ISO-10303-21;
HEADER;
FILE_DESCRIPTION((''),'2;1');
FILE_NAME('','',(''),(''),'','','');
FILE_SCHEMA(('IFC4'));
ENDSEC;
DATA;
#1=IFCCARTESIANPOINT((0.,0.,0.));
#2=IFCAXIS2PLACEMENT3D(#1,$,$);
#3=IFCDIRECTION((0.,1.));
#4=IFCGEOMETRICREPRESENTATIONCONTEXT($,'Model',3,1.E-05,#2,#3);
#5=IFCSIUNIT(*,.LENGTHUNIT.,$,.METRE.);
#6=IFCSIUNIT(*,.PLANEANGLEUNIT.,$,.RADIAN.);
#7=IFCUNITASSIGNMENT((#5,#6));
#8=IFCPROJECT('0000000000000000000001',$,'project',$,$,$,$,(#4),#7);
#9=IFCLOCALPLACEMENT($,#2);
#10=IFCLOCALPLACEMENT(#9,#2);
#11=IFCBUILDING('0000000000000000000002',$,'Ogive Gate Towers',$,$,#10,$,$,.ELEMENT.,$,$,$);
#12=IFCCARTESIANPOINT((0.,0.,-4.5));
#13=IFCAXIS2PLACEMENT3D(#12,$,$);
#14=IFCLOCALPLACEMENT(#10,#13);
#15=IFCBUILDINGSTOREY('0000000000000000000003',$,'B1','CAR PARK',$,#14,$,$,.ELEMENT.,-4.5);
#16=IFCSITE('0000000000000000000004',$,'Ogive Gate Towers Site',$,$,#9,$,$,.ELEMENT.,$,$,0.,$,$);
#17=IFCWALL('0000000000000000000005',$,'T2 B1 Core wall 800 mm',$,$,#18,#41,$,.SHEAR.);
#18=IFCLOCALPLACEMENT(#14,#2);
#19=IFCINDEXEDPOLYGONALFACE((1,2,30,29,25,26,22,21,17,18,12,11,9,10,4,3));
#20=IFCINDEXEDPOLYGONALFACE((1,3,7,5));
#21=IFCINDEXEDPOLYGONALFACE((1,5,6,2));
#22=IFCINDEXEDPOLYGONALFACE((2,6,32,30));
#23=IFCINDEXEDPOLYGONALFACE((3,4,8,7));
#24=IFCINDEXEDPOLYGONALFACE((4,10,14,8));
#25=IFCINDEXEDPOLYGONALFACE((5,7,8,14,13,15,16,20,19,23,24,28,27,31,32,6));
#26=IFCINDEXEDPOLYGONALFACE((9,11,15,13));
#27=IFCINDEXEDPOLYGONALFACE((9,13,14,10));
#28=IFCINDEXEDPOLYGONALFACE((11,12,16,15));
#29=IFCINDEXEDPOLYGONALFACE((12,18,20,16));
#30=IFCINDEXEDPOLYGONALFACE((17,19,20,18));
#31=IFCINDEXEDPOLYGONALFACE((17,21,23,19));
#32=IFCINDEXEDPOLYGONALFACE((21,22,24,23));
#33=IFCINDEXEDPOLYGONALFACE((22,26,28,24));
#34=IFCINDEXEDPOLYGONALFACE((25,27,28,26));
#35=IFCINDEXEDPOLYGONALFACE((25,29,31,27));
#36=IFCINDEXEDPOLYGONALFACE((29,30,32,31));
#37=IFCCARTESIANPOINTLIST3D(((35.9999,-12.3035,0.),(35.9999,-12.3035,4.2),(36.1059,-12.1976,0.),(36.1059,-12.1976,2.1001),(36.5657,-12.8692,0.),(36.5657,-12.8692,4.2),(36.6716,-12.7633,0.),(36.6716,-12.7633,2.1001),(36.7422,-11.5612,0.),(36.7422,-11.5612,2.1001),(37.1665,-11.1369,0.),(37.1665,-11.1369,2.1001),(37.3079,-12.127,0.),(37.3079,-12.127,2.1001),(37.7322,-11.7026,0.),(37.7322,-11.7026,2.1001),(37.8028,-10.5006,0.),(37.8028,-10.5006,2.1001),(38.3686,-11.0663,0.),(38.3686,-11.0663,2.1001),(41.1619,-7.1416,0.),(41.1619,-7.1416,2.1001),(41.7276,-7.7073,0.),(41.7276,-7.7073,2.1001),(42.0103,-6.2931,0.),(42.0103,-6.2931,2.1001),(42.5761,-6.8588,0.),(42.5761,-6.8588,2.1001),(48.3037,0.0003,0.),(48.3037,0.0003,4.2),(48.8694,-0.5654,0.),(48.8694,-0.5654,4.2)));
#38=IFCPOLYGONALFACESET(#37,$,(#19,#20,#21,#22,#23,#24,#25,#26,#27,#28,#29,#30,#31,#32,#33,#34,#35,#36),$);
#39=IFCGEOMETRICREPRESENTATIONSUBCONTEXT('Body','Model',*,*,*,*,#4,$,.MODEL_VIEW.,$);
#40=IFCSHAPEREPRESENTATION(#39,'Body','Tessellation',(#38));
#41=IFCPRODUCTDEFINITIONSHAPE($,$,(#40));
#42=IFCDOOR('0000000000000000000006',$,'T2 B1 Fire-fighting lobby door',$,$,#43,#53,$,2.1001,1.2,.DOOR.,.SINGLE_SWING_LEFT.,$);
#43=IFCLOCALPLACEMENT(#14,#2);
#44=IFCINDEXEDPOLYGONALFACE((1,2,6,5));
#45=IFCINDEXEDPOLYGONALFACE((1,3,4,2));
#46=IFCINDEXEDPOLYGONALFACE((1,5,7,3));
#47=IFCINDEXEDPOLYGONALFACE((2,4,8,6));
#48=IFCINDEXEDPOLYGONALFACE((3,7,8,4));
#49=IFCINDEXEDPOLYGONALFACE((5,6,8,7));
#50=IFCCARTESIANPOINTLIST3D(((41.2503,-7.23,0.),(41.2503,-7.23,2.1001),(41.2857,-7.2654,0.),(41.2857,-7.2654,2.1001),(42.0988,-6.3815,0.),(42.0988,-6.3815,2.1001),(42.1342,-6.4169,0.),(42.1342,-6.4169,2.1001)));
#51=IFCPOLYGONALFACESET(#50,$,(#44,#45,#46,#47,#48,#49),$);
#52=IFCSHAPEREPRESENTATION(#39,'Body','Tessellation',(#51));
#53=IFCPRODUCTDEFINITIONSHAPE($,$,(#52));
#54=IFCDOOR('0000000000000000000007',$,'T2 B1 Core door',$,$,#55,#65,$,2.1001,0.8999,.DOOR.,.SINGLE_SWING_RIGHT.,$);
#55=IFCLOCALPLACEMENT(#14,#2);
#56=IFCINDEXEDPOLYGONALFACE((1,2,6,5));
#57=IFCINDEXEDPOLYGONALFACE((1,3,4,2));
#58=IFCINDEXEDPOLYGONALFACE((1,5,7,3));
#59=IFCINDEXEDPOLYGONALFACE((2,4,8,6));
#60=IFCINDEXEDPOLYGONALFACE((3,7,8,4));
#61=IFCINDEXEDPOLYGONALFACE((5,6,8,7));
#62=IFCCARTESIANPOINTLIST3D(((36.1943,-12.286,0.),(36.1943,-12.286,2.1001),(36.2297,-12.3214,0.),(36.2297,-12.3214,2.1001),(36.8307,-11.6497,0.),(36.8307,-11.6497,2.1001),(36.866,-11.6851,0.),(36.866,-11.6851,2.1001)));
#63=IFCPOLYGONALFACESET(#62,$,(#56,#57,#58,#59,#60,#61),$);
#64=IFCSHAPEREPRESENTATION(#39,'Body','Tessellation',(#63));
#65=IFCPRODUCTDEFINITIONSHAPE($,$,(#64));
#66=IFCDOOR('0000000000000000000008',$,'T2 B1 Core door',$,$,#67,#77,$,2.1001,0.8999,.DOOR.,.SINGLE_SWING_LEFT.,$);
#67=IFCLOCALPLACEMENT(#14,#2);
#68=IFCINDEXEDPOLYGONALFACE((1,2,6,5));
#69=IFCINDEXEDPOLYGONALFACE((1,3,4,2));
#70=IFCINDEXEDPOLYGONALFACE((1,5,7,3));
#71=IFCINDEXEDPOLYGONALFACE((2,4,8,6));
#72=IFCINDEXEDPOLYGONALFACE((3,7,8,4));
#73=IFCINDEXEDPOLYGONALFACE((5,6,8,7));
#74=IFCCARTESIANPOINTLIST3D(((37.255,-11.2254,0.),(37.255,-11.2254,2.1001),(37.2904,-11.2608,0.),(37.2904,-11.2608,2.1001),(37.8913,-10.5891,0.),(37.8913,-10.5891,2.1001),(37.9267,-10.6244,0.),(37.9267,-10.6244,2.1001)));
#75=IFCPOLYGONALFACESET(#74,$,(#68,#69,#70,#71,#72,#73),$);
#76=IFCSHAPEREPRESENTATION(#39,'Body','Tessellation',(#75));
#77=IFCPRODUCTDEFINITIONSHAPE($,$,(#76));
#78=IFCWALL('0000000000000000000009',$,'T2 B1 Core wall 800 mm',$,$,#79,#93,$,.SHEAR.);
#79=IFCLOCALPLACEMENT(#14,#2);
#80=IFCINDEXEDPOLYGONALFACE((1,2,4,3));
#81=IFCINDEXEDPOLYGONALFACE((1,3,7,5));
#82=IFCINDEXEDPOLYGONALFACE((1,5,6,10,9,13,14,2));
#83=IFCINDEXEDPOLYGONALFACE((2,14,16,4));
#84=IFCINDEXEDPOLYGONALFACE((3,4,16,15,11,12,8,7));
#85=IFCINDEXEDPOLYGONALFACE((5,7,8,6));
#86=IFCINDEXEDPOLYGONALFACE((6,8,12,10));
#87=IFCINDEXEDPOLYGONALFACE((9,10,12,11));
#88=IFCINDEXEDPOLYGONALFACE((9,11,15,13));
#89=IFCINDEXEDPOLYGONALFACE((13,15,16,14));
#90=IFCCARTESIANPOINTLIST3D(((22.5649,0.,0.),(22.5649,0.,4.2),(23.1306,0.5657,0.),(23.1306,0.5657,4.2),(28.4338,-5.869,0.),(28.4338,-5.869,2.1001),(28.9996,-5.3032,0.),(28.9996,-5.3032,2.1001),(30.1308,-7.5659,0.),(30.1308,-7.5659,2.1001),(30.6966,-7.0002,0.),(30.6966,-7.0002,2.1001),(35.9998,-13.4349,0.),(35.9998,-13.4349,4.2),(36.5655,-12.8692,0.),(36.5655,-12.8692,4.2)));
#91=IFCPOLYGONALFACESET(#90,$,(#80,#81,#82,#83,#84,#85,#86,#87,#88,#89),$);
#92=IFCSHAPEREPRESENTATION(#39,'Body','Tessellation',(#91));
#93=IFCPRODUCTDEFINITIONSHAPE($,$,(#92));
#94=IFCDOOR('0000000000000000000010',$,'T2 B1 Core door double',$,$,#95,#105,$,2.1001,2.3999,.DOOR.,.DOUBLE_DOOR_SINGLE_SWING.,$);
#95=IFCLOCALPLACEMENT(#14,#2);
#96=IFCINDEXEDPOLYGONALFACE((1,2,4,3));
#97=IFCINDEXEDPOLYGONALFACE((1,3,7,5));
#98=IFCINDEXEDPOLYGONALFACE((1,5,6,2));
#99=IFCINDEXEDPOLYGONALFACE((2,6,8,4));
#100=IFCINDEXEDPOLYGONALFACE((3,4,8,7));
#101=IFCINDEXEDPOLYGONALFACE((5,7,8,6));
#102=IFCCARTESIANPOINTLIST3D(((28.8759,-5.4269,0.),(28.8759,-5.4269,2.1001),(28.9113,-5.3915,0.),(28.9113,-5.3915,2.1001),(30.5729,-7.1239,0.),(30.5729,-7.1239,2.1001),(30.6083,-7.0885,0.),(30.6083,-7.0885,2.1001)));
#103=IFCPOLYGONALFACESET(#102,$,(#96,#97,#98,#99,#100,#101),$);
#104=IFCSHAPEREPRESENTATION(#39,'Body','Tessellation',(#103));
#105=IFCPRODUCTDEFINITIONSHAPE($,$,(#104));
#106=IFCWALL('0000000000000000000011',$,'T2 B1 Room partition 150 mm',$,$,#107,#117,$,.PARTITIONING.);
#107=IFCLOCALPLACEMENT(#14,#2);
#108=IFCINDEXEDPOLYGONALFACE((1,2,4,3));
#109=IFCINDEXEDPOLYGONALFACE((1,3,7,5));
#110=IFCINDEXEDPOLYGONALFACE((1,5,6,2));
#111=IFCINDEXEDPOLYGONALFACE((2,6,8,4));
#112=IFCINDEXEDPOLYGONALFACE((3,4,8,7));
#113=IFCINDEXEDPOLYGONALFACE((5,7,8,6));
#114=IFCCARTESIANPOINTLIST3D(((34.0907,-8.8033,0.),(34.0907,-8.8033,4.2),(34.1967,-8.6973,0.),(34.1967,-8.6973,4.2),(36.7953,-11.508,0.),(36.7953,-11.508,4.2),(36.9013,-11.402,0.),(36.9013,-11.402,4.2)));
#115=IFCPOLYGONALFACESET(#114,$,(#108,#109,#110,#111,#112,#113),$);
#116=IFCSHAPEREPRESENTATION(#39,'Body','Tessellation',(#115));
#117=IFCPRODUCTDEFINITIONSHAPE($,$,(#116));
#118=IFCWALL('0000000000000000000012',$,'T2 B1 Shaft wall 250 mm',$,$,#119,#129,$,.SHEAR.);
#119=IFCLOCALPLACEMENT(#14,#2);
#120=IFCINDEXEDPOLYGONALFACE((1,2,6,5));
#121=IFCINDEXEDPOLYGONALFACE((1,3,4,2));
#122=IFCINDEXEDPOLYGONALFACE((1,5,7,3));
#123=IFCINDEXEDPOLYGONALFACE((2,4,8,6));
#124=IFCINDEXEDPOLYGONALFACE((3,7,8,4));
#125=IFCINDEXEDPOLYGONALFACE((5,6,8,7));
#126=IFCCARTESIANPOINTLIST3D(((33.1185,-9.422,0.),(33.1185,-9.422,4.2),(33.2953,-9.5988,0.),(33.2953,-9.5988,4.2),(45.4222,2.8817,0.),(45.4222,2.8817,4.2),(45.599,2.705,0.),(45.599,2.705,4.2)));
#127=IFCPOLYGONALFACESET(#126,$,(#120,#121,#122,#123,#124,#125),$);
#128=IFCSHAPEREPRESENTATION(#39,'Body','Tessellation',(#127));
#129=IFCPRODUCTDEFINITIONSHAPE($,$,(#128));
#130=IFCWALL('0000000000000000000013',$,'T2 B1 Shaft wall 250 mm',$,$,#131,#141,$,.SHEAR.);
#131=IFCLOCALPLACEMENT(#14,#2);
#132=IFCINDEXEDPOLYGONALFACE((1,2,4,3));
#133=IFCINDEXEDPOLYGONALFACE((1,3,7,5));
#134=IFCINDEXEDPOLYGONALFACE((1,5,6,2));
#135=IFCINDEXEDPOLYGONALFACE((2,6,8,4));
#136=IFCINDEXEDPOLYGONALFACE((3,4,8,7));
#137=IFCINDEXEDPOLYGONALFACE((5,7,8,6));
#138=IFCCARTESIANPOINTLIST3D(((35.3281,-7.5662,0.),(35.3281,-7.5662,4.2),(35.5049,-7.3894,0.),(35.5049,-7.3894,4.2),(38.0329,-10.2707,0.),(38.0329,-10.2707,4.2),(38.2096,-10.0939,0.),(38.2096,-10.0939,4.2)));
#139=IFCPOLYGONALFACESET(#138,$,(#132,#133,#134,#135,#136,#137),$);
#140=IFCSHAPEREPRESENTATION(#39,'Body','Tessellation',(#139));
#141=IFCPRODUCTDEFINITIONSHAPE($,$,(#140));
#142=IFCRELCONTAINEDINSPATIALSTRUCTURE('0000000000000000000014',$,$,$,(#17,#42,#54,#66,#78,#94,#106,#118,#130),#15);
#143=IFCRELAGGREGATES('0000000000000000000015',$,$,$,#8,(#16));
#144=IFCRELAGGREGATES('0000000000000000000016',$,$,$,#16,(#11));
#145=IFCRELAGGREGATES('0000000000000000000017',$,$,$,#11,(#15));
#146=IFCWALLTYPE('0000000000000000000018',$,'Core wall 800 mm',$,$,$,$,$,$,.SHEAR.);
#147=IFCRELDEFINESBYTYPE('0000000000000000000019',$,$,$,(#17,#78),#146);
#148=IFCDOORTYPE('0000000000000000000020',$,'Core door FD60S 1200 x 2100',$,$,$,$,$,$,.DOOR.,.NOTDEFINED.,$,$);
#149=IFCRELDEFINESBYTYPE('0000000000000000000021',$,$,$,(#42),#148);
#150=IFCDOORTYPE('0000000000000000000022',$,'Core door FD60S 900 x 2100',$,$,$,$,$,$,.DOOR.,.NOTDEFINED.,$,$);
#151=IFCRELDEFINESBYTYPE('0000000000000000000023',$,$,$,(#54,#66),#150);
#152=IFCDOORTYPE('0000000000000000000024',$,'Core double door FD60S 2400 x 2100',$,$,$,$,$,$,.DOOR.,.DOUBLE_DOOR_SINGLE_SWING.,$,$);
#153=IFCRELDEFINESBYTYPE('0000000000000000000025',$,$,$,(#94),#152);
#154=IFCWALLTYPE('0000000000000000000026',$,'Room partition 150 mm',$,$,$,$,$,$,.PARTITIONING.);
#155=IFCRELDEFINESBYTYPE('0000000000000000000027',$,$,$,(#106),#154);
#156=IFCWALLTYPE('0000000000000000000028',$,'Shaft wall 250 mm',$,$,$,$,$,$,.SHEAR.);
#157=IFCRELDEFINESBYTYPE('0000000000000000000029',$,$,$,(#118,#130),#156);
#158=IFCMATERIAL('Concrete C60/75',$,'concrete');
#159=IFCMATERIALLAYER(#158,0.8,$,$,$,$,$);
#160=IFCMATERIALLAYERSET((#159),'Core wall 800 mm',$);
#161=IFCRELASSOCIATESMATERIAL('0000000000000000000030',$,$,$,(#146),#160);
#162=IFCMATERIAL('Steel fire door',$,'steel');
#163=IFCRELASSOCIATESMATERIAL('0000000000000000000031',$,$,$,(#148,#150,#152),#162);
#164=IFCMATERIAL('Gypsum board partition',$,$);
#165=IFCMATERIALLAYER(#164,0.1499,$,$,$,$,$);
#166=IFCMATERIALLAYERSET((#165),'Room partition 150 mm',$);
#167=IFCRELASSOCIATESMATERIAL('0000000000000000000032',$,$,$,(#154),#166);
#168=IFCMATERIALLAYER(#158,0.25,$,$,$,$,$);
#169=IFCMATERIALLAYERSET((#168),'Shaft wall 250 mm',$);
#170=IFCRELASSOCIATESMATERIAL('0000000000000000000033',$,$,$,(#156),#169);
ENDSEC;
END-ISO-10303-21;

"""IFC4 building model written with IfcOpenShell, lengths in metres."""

from ifc_helpers import new_model, si_unit, direction, frame, frame_2d, origin, place, context, subcontext, project, spatial, rectangle, extrude, material, layer, layer_set, type_object, element, fill, save


model = new_model("IFC4")

# Units and contexts
model_context = context("Model", 3, precision=1e-05, world=origin(), true_north=direction((0.0, 1.0)))
body_context = subcontext(model_context, "Body", "Model", "MODEL_VIEW")
ifc_project = project(units=[si_unit("LENGTHUNIT", "METRE"), si_unit("PLANEANGLEUNIT", "RADIAN")], contexts=[model_context])

# Site, building, storey
site_placement = place(None, origin())
site = spatial("IfcSite", under=ifc_project, at=site_placement, Name="Ogive Gate Towers Site", CompositionType="ELEMENT", RefElevation=0.0)
building_placement = place(site_placement, origin())
building = spatial("IfcBuilding", under=site, at=building_placement, Name="Ogive Gate Towers", CompositionType="ELEMENT")
storey_placement = place(building_placement, frame((0.0, 0.0, -4.5)))
storey = spatial("IfcBuildingStorey", under=building, at=storey_placement, Name="B1", Description="CAR PARK", CompositionType="ELEMENT", Elevation=-4.5)

# Wall, openings, doors
ifc_material_1 = material(Name="Concrete C60/75", Category="concrete")
ifc_layer_1 = layer(ifc_material_1, 0.8)
ifc_layer_set_1 = layer_set([ifc_layer_1], Name="Core wall 800 mm")
wall_type_1 = type_object("IfcWallType", Name="Core wall 800 mm", PredefinedType="SHEAR", material=ifc_layer_set_1)
wall_1_placement = place(storey_placement, frame((36.2827, -12.5864, 0.0), z_axis=(0.0, 0.0, 1.0), x_axis=(0.707107, 0.707107, 0.0)))
wall_1 = element("IfcWall", 1, at=wall_1_placement, inside=storey, type_object=wall_type_1, Name="T2 B1 Core wall 800 mm", PredefinedType="SHEAR", context=body_context, shape_type="SweptSolid", body=[
    extrude(rectangle(XDim=17.4001, YDim=0.8, at=frame_2d((8.7002, 0.0))), origin(), (0.0, 0.0, 1.0), 4.2),
])
opening_1_placement = place(wall_1_placement, frame((7.3, 0.0, 0.0)))
opening_1 = element("IfcOpeningElement", 2, at=opening_1_placement, cuts=wall_1, PredefinedType="OPENING", context=body_context, shape_type="SweptSolid", body=[
    extrude(rectangle(XDim=1.2, YDim=2.1001, at=frame_2d((0.6001, 1.05))), frame((0.0, 0.4102, 0.0), z_axis=(0.0, -1.0, 0.0), x_axis=(1.0, 0.0, 0.0)), (0.0, 0.0, 1.0), 0.8201),
])
opening_2_placement = place(wall_1_placement, frame((0.1499, 0.0, 0.0)))
opening_2 = element("IfcOpeningElement", 3, at=opening_2_placement, cuts=wall_1, PredefinedType="OPENING", context=body_context, shape_type="SweptSolid", body=[
    extrude(rectangle(XDim=0.8999, YDim=2.1001, at=frame_2d((0.45, 1.05))), frame((0.0, 0.4102, 0.0), z_axis=(0.0, -1.0, 0.0), x_axis=(1.0, 0.0, 0.0)), (0.0, 0.0, 1.0), 0.8201),
])
opening_3_placement = place(wall_1_placement, frame((1.6499, 0.0, 0.0)))
opening_3 = element("IfcOpeningElement", 4, at=opening_3_placement, cuts=wall_1, PredefinedType="OPENING", context=body_context, shape_type="SweptSolid", body=[
    extrude(rectangle(XDim=0.8999, YDim=2.1001, at=frame_2d((0.45, 1.05))), frame((0.0, 0.4102, 0.0), z_axis=(0.0, -1.0, 0.0), x_axis=(1.0, 0.0, 0.0)), (0.0, 0.0, 1.0), 0.8201),
])
ifc_material_2 = material(Name="Steel fire door", Category="steel")
door_type_1 = type_object("IfcDoorType", Name="Core door FD60S 1200 x 2100", OperationType="NOTDEFINED", PredefinedType="DOOR", material=ifc_material_2)
door_1_placement = place(opening_1_placement, origin())
door_1 = element("IfcDoor", 5, at=door_1_placement, inside=storey, type_object=door_type_1, Name="T2 B1 Fire-fighting lobby door", OperationType="SINGLE_SWING_LEFT", OverallHeight=2.1001, OverallWidth=1.2, PredefinedType="DOOR", context=body_context, shape_type="SweptSolid", body=[
    extrude(rectangle(XDim=1.2, YDim=2.1001, at=frame_2d((0.6001, 1.05))), frame((0.0, 0.2749, 0.0), z_axis=(0.0, -1.0, 0.0), x_axis=(1.0, 0.0, 0.0)), (0.0, 0.0, 1.0), 0.05),
])
fill(opening_1, door_1)
door_type_2 = type_object("IfcDoorType", Name="Core door FD60S 900 x 2100", OperationType="NOTDEFINED", PredefinedType="DOOR", material=ifc_material_2)
door_2_placement = place(opening_2_placement, origin())
door_2 = element("IfcDoor", 6, at=door_2_placement, inside=storey, type_object=door_type_2, Name="T2 B1 Core door", OperationType="SINGLE_SWING_RIGHT", OverallHeight=2.1001, OverallWidth=0.8999, PredefinedType="DOOR", context=body_context, shape_type="SweptSolid", body=[
    extrude(rectangle(XDim=0.8999, YDim=2.1001, at=frame_2d((0.45, 1.05))), frame((0.0, 0.2749, 0.0), z_axis=(0.0, -1.0, 0.0), x_axis=(1.0, 0.0, 0.0)), (0.0, 0.0, 1.0), 0.05),
])
fill(opening_2, door_2)
door_3_placement = place(opening_3_placement, origin())
door_3 = element("IfcDoor", 7, at=door_3_placement, inside=storey, type_object=door_type_2, Name="T2 B1 Core door", OperationType="SINGLE_SWING_LEFT", OverallHeight=2.1001, OverallWidth=0.8999, PredefinedType="DOOR", context=body_context, shape_type="SweptSolid", body=[
    extrude(rectangle(XDim=0.8999, YDim=2.1001, at=frame_2d((0.45, 1.05))), frame((0.0, 0.2749, 0.0), z_axis=(0.0, -1.0, 0.0), x_axis=(1.0, 0.0, 0.0)), (0.0, 0.0, 1.0), 0.05),
])
fill(opening_3, door_3)

# Wall, opening, door
wall_2_placement = place(storey_placement, frame((36.2827, -13.1521, 0.0), z_axis=(0.0, 0.0, 1.0), x_axis=(-0.707107, 0.707107, 0.0)))
wall_2 = element("IfcWall", 8, at=wall_2_placement, inside=storey, type_object=wall_type_1, Name="T2 B1 Core wall 800 mm", PredefinedType="SHEAR", context=body_context, shape_type="SweptSolid", body=[
    extrude(rectangle(XDim=18.9998, YDim=0.8, at=frame_2d((9.5, 0.0))), origin(), (0.0, 0.0, 1.0), 4.2),
])
opening_4_placement = place(wall_2_placement, frame((8.3, 0.0, 0.0)))
opening_4 = element("IfcOpeningElement", 9, at=opening_4_placement, cuts=wall_2, PredefinedType="OPENING", context=body_context, shape_type="SweptSolid", body=[
    extrude(rectangle(XDim=2.3999, YDim=2.1001, at=frame_2d((1.2, 1.05))), frame((0.0, 0.4102, 0.0), z_axis=(0.0, -1.0, 0.0), x_axis=(1.0, 0.0, 0.0)), (0.0, 0.0, 1.0), 0.8201),
])
door_type_3 = type_object("IfcDoorType", Name="Core double door FD60S 2400 x 2100", OperationType="DOUBLE_DOOR_SINGLE_SWING", PredefinedType="DOOR", material=ifc_material_2)
door_4_placement = place(opening_4_placement, origin())
door_4 = element("IfcDoor", 10, at=door_4_placement, inside=storey, type_object=door_type_3, Name="T2 B1 Core door double", OperationType="DOUBLE_DOOR_SINGLE_SWING", OverallHeight=2.1001, OverallWidth=2.3999, PredefinedType="DOOR", context=body_context, shape_type="SweptSolid", body=[
    extrude(rectangle(XDim=2.3999, YDim=2.1001, at=frame_2d((1.2, 1.05))), frame((0.0, -0.2251, 0.0), z_axis=(0.0, -1.0, 0.0), x_axis=(1.0, 0.0, 0.0)), (0.0, 0.0, 1.0), 0.05),
])
fill(opening_4, door_4)

# Walls
ifc_material_3 = material(Name="Gypsum board partition")
ifc_layer_2 = layer(ifc_material_3, 0.1499)
ifc_layer_set_2 = layer_set([ifc_layer_2], Name="Room partition 150 mm")
wall_type_2 = type_object("IfcWallType", Name="Room partition 150 mm", PredefinedType="PARTITIONING", material=ifc_layer_set_2)
wall_3_placement = place(storey_placement, frame((36.8484, -11.4551, 0.0), z_axis=(0.0, 0.0, 1.0), x_axis=(-0.707107, 0.707107, 0.0)))
element("IfcWall", 11, at=wall_3_placement, inside=storey, type_object=wall_type_2, Name="T2 B1 Room partition 150 mm", PredefinedType="PARTITIONING", context=body_context, shape_type="SweptSolid", body=[
    extrude(rectangle(XDim=3.825, YDim=0.1499, at=frame_2d((1.9126, 0.0))), origin(), (0.0, 0.0, 1.0), 4.2),
])
ifc_layer_3 = layer(ifc_material_1, 0.25)
ifc_layer_set_3 = layer_set([ifc_layer_3], Name="Shaft wall 250 mm")
wall_type_3 = type_object("IfcWallType", Name="Shaft wall 250 mm", PredefinedType="SHEAR", material=ifc_layer_set_3)
wall_4_placement = place(storey_placement, frame((33.2068, -9.5105, 0.0), z_axis=(0.0, 0.0, 1.0), x_axis=(0.707107, 0.707107, 0.0)))
element("IfcWall", 12, at=wall_4_placement, inside=storey, type_object=wall_type_3, Name="T2 B1 Shaft wall 250 mm", PredefinedType="SHEAR", context=body_context, shape_type="SweptSolid", body=[
    extrude(rectangle(XDim=17.4001, YDim=0.25, at=frame_2d((8.7002, 0.0))), origin(), (0.0, 0.0, 1.0), 4.2),
])
wall_5_placement = place(storey_placement, frame((38.1213, -10.1824, 0.0), z_axis=(0.0, 0.0, 1.0), x_axis=(-0.707139, 0.707075, 0.0)))
element("IfcWall", 13, at=wall_5_placement, inside=storey, type_object=wall_type_3, Name="T2 B1 Shaft wall 250 mm", PredefinedType="SHEAR", context=body_context, shape_type="SweptSolid", body=[
    extrude(rectangle(XDim=3.825, YDim=0.25, at=frame_2d((1.9126, 0.0))), origin(), (0.0, 0.0, 1.0), 4.2),
])

save(model, "model.ifc")
